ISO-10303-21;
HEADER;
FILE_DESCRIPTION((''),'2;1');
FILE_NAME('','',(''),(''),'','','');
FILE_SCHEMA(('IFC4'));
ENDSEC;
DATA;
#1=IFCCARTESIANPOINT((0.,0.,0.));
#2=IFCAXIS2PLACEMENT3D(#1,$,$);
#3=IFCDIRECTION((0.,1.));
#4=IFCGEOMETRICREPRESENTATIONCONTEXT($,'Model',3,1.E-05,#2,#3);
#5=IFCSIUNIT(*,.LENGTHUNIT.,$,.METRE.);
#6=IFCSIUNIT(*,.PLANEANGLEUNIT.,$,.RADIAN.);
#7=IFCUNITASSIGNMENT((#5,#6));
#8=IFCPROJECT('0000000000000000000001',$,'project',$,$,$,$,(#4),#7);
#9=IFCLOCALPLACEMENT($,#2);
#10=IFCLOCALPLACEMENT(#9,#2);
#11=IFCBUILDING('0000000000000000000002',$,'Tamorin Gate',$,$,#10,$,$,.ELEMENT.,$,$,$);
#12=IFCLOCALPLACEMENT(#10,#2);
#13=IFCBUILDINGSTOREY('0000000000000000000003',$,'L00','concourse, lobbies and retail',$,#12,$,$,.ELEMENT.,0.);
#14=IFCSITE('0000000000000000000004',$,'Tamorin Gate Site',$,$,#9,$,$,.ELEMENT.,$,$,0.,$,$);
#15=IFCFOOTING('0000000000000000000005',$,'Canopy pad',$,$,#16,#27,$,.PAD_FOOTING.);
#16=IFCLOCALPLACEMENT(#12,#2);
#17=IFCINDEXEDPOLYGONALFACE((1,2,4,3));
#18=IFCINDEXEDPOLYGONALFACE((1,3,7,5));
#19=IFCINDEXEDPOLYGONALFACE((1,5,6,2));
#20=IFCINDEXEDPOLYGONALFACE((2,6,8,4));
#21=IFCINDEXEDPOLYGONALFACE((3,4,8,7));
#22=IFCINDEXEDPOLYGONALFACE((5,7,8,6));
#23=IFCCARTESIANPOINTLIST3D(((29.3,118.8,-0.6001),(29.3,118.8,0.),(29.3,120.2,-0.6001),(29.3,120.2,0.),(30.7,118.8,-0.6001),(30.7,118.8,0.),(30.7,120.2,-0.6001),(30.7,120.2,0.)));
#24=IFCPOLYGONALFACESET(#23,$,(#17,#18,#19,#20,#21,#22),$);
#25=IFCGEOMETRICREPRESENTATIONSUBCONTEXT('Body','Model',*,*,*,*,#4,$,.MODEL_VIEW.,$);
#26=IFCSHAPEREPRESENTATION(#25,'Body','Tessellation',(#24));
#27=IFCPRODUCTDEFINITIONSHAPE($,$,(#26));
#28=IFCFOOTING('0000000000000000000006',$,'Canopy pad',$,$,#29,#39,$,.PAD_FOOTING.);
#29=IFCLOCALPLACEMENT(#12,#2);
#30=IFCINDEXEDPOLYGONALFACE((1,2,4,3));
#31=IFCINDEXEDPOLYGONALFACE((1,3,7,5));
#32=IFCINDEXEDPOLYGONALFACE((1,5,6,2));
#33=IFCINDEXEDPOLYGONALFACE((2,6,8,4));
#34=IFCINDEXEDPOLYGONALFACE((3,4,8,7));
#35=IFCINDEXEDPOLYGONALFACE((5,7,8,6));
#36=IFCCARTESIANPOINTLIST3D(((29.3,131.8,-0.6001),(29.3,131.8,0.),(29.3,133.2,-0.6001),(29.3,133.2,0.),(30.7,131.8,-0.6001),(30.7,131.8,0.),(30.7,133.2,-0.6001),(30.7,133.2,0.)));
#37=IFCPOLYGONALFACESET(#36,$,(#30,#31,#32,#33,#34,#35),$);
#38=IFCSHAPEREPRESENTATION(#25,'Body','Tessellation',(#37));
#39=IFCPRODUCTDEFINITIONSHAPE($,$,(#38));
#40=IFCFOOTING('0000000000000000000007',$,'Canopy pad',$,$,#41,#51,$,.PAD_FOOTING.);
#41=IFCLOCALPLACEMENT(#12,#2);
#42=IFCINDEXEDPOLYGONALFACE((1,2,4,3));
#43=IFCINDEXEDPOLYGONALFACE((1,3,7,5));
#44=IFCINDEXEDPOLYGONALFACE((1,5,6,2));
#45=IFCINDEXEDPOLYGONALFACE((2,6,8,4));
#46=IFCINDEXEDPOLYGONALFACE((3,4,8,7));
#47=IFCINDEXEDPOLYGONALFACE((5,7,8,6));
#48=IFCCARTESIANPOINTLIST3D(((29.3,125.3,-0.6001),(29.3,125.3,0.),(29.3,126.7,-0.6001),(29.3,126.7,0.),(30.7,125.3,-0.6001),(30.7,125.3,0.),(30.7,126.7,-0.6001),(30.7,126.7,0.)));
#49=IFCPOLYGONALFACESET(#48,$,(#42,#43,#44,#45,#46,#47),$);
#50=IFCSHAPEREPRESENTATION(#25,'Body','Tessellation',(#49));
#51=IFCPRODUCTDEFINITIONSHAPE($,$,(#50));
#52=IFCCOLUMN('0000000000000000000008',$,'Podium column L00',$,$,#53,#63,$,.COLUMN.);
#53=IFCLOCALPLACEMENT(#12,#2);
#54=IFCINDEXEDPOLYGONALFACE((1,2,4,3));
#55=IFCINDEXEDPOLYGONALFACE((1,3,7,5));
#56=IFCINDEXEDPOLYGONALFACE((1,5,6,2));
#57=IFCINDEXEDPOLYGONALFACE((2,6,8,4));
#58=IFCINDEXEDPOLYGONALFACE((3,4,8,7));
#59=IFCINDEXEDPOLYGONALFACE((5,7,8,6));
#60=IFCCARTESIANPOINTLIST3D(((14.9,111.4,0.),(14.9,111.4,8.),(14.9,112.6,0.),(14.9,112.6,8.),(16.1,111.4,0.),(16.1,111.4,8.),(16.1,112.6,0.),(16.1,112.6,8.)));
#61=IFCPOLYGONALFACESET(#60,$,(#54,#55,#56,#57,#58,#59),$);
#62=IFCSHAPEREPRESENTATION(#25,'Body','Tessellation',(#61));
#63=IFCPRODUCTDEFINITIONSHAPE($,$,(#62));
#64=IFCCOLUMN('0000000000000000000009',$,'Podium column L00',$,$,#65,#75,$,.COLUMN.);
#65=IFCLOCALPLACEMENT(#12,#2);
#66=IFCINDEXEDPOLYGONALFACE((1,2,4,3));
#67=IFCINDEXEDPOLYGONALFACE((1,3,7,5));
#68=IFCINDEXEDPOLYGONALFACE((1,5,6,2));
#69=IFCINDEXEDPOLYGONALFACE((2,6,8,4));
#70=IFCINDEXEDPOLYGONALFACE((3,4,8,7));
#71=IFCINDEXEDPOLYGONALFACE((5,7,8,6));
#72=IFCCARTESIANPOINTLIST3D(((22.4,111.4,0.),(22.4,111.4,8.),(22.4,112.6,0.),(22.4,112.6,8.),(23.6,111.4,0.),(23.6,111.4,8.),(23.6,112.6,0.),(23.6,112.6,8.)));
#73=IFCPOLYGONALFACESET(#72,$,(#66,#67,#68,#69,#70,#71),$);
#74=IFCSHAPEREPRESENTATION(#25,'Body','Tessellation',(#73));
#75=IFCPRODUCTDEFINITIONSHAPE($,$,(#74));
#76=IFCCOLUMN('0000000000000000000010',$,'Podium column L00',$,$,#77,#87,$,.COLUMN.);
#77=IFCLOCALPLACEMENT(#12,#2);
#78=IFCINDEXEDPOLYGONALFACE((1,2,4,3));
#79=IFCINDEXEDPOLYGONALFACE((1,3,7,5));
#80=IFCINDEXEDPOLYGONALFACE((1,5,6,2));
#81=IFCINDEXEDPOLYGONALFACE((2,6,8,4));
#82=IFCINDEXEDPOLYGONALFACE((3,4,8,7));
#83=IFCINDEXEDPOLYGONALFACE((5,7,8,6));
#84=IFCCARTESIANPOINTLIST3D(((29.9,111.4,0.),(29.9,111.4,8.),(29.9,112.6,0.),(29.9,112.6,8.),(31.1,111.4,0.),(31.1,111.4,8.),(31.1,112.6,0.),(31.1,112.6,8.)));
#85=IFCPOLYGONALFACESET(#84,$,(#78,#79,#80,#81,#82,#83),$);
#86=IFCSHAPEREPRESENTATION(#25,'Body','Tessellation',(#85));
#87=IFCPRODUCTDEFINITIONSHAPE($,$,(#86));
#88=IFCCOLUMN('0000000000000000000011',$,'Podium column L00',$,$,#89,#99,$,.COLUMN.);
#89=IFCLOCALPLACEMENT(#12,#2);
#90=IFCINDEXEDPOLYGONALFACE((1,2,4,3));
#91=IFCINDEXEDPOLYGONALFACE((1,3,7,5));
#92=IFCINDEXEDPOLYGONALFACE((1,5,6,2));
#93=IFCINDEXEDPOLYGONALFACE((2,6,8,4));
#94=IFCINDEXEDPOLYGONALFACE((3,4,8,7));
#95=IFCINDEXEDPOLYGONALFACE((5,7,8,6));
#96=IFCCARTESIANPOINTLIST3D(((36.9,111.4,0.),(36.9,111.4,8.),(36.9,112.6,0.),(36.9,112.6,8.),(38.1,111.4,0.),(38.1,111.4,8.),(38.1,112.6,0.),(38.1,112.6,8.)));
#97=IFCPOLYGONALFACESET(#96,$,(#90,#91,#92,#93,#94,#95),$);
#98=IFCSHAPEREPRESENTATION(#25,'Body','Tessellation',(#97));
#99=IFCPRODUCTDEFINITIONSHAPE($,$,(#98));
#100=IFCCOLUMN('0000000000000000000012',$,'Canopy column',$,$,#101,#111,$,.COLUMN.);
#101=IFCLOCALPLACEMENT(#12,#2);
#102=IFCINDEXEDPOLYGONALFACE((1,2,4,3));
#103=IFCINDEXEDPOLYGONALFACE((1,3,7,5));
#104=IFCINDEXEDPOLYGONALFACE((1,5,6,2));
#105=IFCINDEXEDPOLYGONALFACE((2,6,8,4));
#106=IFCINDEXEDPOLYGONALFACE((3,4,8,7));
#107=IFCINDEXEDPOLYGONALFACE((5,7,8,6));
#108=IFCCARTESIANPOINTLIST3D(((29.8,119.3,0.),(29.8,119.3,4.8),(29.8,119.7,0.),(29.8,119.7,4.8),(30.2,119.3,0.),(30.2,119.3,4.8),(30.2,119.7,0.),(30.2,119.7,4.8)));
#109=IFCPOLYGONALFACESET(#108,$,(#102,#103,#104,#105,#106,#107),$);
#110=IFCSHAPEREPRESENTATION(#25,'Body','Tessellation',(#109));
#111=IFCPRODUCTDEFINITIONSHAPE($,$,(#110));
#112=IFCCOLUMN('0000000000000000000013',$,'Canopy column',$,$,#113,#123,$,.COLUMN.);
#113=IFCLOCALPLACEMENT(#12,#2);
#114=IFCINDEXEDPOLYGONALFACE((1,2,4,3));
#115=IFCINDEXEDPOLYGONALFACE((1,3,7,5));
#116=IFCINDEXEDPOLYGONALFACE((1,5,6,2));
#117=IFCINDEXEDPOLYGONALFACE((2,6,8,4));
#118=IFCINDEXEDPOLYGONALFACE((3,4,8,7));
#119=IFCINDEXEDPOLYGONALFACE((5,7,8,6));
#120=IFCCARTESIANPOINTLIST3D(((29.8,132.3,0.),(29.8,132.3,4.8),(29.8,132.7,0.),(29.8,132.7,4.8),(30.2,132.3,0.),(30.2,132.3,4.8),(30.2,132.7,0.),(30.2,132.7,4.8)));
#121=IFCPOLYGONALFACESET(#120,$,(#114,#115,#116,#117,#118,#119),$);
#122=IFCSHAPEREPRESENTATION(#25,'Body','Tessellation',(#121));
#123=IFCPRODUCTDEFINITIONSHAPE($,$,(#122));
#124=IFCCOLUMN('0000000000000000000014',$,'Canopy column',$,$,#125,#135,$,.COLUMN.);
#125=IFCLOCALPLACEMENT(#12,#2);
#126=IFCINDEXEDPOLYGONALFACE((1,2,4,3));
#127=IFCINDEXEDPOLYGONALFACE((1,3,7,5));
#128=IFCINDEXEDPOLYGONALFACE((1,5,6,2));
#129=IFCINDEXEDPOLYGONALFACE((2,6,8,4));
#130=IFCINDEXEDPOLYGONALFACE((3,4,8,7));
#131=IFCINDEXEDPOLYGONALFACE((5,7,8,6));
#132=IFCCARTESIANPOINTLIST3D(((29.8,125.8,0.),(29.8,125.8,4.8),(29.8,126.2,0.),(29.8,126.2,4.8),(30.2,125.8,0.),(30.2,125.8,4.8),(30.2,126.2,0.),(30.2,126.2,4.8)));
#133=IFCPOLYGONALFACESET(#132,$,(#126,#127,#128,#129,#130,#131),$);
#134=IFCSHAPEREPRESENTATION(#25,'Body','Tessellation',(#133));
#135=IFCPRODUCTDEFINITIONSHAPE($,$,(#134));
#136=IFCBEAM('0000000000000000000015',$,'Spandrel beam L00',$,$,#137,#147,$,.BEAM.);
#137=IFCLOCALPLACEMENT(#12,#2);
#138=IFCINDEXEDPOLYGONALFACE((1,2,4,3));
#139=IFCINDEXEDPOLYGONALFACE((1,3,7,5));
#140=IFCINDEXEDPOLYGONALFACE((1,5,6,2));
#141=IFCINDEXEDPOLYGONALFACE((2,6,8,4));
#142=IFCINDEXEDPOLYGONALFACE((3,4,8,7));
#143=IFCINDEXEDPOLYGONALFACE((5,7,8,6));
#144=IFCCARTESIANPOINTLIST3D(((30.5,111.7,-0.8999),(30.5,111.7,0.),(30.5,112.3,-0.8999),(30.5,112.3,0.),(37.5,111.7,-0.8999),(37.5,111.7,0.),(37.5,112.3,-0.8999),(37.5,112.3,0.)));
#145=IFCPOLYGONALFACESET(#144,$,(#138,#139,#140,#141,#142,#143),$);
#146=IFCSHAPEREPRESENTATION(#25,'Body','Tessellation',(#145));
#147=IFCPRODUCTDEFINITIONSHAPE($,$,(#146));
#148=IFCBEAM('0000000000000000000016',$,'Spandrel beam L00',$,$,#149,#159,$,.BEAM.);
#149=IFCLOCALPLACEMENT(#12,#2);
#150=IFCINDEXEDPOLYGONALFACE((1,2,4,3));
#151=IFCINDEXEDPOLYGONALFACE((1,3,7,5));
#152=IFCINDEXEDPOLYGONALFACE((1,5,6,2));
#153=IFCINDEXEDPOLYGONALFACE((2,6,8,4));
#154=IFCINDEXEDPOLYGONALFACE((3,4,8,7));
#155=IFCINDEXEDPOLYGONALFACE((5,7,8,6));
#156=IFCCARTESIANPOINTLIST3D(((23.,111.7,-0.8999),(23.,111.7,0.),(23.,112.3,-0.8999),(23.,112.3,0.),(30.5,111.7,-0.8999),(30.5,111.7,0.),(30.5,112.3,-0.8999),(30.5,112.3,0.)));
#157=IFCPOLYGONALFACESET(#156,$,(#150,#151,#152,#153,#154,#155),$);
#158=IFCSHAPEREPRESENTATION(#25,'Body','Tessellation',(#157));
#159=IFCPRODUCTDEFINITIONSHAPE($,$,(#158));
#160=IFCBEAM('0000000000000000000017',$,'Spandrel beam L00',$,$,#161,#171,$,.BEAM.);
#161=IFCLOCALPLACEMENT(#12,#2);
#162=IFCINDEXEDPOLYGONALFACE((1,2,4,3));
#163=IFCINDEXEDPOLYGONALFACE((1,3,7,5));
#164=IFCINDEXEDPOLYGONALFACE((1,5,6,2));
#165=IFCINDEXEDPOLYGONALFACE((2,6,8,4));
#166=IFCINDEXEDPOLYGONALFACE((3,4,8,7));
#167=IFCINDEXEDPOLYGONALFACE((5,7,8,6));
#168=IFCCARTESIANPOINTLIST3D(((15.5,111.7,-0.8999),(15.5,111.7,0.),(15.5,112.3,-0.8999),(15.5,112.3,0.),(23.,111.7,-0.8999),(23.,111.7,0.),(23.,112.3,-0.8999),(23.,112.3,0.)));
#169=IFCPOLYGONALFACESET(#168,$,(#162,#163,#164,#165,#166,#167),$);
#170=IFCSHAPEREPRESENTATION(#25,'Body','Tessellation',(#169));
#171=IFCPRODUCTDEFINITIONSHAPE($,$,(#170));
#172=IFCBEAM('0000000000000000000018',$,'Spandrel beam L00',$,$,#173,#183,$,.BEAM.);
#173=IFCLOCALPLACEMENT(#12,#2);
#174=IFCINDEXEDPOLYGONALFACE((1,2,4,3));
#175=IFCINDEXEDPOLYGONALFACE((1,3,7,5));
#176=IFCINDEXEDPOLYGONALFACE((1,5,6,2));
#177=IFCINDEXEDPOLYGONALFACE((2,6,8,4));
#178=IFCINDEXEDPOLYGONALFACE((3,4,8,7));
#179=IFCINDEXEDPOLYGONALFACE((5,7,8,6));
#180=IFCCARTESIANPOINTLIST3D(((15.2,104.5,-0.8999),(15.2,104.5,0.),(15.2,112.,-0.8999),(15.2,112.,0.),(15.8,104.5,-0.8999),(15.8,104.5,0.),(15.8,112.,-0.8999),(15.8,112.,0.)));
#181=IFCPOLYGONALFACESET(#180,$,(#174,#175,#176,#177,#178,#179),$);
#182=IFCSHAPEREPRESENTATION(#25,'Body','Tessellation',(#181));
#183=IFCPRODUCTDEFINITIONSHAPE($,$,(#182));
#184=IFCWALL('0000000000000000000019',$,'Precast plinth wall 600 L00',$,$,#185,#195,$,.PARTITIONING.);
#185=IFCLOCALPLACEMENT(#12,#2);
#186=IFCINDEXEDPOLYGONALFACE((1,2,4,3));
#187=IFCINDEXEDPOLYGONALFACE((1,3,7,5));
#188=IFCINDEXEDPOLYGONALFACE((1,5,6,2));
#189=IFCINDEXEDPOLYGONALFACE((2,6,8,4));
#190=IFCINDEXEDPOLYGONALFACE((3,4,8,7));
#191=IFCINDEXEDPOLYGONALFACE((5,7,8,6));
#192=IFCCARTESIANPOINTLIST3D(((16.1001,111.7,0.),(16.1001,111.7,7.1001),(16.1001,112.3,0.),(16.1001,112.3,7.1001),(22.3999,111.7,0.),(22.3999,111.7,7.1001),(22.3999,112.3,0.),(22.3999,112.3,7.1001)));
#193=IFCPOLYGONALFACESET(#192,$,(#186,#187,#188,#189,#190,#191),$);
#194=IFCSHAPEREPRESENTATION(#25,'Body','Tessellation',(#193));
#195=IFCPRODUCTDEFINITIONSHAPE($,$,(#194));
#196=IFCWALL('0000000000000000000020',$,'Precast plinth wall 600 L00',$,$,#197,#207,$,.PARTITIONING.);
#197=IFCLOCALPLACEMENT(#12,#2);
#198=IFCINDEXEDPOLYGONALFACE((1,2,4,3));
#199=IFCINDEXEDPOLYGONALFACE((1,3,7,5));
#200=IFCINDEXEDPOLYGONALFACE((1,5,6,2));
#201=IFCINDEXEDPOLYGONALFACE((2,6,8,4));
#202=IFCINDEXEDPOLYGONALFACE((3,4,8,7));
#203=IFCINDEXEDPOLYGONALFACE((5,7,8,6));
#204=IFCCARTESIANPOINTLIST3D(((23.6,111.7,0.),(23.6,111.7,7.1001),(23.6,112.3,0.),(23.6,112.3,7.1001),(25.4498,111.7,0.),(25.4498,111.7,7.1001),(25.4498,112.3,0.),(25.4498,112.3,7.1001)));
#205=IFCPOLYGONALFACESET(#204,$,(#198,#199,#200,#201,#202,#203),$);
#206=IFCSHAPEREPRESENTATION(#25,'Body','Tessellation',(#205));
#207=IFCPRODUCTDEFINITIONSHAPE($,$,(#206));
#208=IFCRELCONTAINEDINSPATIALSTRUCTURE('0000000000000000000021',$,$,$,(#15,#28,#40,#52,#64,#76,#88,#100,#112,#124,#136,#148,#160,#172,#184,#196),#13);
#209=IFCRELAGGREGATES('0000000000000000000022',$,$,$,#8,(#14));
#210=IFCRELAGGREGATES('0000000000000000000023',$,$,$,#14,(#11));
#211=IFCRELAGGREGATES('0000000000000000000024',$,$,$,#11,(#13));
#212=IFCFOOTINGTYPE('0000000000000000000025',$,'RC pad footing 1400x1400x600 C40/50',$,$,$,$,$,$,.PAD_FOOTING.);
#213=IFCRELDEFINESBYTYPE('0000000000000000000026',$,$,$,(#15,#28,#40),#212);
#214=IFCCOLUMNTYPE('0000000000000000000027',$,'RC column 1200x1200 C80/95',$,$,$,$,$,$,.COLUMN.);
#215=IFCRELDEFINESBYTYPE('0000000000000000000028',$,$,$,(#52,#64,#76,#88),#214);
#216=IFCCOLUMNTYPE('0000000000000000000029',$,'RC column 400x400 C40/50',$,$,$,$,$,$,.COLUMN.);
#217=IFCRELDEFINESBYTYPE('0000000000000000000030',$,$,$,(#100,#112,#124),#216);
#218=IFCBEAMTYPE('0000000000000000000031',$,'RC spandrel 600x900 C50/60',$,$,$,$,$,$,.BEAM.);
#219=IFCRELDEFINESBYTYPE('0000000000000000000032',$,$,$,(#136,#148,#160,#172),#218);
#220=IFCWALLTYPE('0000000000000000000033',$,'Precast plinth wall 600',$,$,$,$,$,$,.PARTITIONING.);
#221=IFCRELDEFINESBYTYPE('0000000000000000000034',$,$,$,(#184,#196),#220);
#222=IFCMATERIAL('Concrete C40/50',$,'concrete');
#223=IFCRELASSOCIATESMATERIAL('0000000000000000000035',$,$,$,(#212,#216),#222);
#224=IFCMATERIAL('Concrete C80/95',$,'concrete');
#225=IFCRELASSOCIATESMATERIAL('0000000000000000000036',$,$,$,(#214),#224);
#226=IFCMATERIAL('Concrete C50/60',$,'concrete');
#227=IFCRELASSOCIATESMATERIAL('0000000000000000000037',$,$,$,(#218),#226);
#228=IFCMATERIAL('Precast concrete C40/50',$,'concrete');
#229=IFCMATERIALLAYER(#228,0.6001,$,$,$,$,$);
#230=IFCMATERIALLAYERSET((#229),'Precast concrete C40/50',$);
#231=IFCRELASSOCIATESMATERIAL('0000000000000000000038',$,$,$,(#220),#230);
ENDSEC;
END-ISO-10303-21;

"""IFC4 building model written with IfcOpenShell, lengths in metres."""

from ifc_helpers import new_model, si_unit, direction, frame, frame_2d, origin, origin_2d, place, context, subcontext, project, spatial, rectangle, extrude, material, layer, layer_set, material_profile, profile_set, type_object, element, save


model = new_model("IFC4")

# Units and contexts
model_context = context("Model", 3, precision=1e-05, world=origin(), true_north=direction((0.0, 1.0)))
body_context = subcontext(model_context, "Body", "Model", "MODEL_VIEW")
ifc_project = project(units=[si_unit("LENGTHUNIT", "METRE"), si_unit("PLANEANGLEUNIT", "RADIAN")], contexts=[model_context])

# Site, building, storey
site_placement = place(None, origin())
site = spatial("IfcSite", under=ifc_project, at=site_placement, Name="Tamorin Gate Site", CompositionType="ELEMENT", RefElevation=0.0)
building_placement = place(site_placement, origin())
building = spatial("IfcBuilding", under=site, at=building_placement, Name="Tamorin Gate", CompositionType="ELEMENT")
storey_placement = place(building_placement, origin())
storey = spatial("IfcBuildingStorey", under=building, at=storey_placement, Name="L00", Description="concourse, lobbies and retail", CompositionType="ELEMENT", Elevation=0.0)

# Footings
ifc_material_1 = material(Name="Concrete C40/50", Category="concrete")
footing_type = type_object("IfcFootingType", Name="RC pad footing 1400x1400x600 C40/50", PredefinedType="PAD_FOOTING", material=ifc_material_1)
for number, where, z_axis, x_axis, name in (
    (1, (30.0, 119.5, -0.6001), (0.0, 0.0, 1.0), (1.0, 0.0, 0.0), "Canopy pad"),
    (2, (30.0, 132.5, -0.6001), (0.0, 0.0, 1.0), (1.0, 0.0, 0.0), "Canopy pad"),
    (3, (30.0, 126.0, -0.6001), (0.0, 0.0, 1.0), (1.0, 0.0, 0.0), "Canopy pad"),
):
    element("IfcFooting", number, at=place(storey_placement, frame(where, z_axis=z_axis, x_axis=x_axis)), inside=storey, type_object=footing_type, Name=name, PredefinedType="PAD_FOOTING", context=body_context, shape_type="SweptSolid", body=[
        extrude(rectangle(XDim=1.3999, YDim=1.3999, at=origin_2d()), origin(), (0.0, 0.0, 1.0), 0.6001),
    ])

# Columns
ifc_material_2 = material(Name="Concrete C80/95", Category="concrete")
ifc_material_profile_1 = material_profile(ifc_material_2, rectangle(XDim=1.2, YDim=1.2, at=origin_2d()), Name="RC 1200x1200")
ifc_profile_set_1 = profile_set([ifc_material_profile_1], Name="Concrete C80/95")
column_type_1 = type_object("IfcColumnType", Name="RC column 1200x1200 C80/95", PredefinedType="COLUMN", material=ifc_profile_set_1)
for number, where, z_axis, x_axis, name in (
    (4, (15.5, 112.0, 0.0), (0.0, 0.0, 1.0), (1.0, 0.0, 0.0), "Podium column L00"),
    (5, (23.0, 112.0, 0.0), (0.0, 0.0, 1.0), (1.0, 0.0, 0.0), "Podium column L00"),
    (6, (30.5, 112.0, 0.0), (0.0, 0.0, 1.0), (1.0, 0.0, 0.0), "Podium column L00"),
    (7, (37.5, 112.0, 0.0), (0.0, 0.0, 1.0), (1.0, 0.0, 0.0), "Podium column L00"),
):
    element("IfcColumn", number, at=place(storey_placement, frame(where, z_axis=z_axis, x_axis=x_axis)), inside=storey, type_object=column_type_1, Name=name, PredefinedType="COLUMN", context=body_context, shape_type="SweptSolid", body=[
        extrude(rectangle(XDim=1.2, YDim=1.2, at=origin_2d()), origin(), (0.0, 0.0, 1.0), 8.0),
    ])
ifc_material_profile_2 = material_profile(ifc_material_1, rectangle(XDim=0.3999, YDim=0.3999, at=origin_2d()))
ifc_profile_set_2 = profile_set([ifc_material_profile_2], Name="Concrete C40/50")
column_type_2 = type_object("IfcColumnType", Name="RC column 400x400 C40/50", PredefinedType="COLUMN", material=ifc_profile_set_2)
for number, where, z_axis, x_axis, name in (
    (8, (30.0, 119.5, 0.0), (0.0, 0.0, 1.0), (1.0, 0.0, 0.0), "Canopy column"),
    (9, (30.0, 132.5, 0.0), (0.0, 0.0, 1.0), (1.0, 0.0, 0.0), "Canopy column"),
    (10, (30.0, 126.0, 0.0), (0.0, 0.0, 1.0), (1.0, 0.0, 0.0), "Canopy column"),
):
    element("IfcColumn", number, at=place(storey_placement, frame(where, z_axis=z_axis, x_axis=x_axis)), inside=storey, type_object=column_type_2, Name=name, PredefinedType="COLUMN", context=body_context, shape_type="SweptSolid", body=[
        extrude(rectangle(XDim=0.3999, YDim=0.3999, at=origin_2d()), origin(), (0.0, 0.0, 1.0), 4.8),
    ])

# Beams
ifc_material_3 = material(Name="Concrete C50/60", Category="concrete")
ifc_material_profile_3 = material_profile(ifc_material_3, rectangle(XDim=0.6001, YDim=0.8999, at=origin_2d()), Name="RC 600x900")
ifc_profile_set_3 = profile_set([ifc_material_profile_3], Name="Concrete C50/60")
beam_type = type_object("IfcBeamType", Name="RC spandrel 600x900 C50/60", PredefinedType="BEAM", material=ifc_profile_set_3)
beam_placement = place(storey_placement, frame((37.5, 112.0, -0.45), z_axis=(-1.0, 0.0, 0.0), x_axis=(0.0, -1.0, 0.0)))
element("IfcBeam", 11, at=beam_placement, inside=storey, type_object=beam_type, Name="Spandrel beam L00", PredefinedType="BEAM", context=body_context, shape_type="SweptSolid", body=[
    extrude(rectangle(XDim=0.6001, YDim=0.8999, at=origin_2d()), origin(), (0.0, 0.0, 1.0), 7.0),
])
for number, where, z_axis, x_axis, name in (
    (12, (30.5, 112.0, -0.45), (-1.0, 0.0, 0.0), (0.0, -1.0, 0.0), "Spandrel beam L00"),
    (13, (23.0, 112.0, -0.45), (-1.0, 0.0, 0.0), (0.0, -1.0, 0.0), "Spandrel beam L00"),
    (14, (15.5, 112.0, -0.45), (0.0, -1.0, 0.0), (1.0, 0.0, 0.0), "Spandrel beam L00"),
):
    element("IfcBeam", number, at=place(storey_placement, frame(where, z_axis=z_axis, x_axis=x_axis)), inside=storey, type_object=beam_type, Name=name, PredefinedType="BEAM", context=body_context, shape_type="SweptSolid", body=[
        extrude(rectangle(XDim=0.6001, YDim=0.8999, at=origin_2d()), origin(), (0.0, 0.0, 1.0), 7.5),
    ])

# Wall
ifc_material_4 = material(Name="Precast concrete C40/50", Category="concrete")
ifc_layer = layer(ifc_material_4, 0.6001)
ifc_layer_set = layer_set([ifc_layer], Name="Precast concrete C40/50")
wall_type = type_object("IfcWallType", Name="Precast plinth wall 600", PredefinedType="PARTITIONING", material=ifc_layer_set)
wall_1_placement = place(storey_placement, frame((16.1001, 112.0, 0.0), z_axis=(0.0, 0.0, 1.0), x_axis=(1.0, 0.0, 0.0)))
element("IfcWall", 15, at=wall_1_placement, inside=storey, type_object=wall_type, Name="Precast plinth wall 600 L00", PredefinedType="PARTITIONING", context=body_context, shape_type="SweptSolid", body=[
    extrude(rectangle(XDim=6.2998, YDim=0.6001, at=frame_2d((3.1499, 0.0))), origin(), (0.0, 0.0, 1.0), 7.1001),
])

# Wall
wall_2_placement = place(storey_placement, frame((23.6001, 112.0, 0.0), z_axis=(0.0, 0.0, 1.0), x_axis=(1.0, 0.0, 0.0)))
element("IfcWall", 16, at=wall_2_placement, inside=storey, type_object=wall_type, Name="Precast plinth wall 600 L00", PredefinedType="PARTITIONING", context=body_context, shape_type="SweptSolid", body=[
    extrude(rectangle(XDim=1.8499, YDim=0.6001, at=frame_2d((0.9248, 0.0))), origin(), (0.0, 0.0, 1.0), 7.1001),
])

save(model, "model.ifc")
